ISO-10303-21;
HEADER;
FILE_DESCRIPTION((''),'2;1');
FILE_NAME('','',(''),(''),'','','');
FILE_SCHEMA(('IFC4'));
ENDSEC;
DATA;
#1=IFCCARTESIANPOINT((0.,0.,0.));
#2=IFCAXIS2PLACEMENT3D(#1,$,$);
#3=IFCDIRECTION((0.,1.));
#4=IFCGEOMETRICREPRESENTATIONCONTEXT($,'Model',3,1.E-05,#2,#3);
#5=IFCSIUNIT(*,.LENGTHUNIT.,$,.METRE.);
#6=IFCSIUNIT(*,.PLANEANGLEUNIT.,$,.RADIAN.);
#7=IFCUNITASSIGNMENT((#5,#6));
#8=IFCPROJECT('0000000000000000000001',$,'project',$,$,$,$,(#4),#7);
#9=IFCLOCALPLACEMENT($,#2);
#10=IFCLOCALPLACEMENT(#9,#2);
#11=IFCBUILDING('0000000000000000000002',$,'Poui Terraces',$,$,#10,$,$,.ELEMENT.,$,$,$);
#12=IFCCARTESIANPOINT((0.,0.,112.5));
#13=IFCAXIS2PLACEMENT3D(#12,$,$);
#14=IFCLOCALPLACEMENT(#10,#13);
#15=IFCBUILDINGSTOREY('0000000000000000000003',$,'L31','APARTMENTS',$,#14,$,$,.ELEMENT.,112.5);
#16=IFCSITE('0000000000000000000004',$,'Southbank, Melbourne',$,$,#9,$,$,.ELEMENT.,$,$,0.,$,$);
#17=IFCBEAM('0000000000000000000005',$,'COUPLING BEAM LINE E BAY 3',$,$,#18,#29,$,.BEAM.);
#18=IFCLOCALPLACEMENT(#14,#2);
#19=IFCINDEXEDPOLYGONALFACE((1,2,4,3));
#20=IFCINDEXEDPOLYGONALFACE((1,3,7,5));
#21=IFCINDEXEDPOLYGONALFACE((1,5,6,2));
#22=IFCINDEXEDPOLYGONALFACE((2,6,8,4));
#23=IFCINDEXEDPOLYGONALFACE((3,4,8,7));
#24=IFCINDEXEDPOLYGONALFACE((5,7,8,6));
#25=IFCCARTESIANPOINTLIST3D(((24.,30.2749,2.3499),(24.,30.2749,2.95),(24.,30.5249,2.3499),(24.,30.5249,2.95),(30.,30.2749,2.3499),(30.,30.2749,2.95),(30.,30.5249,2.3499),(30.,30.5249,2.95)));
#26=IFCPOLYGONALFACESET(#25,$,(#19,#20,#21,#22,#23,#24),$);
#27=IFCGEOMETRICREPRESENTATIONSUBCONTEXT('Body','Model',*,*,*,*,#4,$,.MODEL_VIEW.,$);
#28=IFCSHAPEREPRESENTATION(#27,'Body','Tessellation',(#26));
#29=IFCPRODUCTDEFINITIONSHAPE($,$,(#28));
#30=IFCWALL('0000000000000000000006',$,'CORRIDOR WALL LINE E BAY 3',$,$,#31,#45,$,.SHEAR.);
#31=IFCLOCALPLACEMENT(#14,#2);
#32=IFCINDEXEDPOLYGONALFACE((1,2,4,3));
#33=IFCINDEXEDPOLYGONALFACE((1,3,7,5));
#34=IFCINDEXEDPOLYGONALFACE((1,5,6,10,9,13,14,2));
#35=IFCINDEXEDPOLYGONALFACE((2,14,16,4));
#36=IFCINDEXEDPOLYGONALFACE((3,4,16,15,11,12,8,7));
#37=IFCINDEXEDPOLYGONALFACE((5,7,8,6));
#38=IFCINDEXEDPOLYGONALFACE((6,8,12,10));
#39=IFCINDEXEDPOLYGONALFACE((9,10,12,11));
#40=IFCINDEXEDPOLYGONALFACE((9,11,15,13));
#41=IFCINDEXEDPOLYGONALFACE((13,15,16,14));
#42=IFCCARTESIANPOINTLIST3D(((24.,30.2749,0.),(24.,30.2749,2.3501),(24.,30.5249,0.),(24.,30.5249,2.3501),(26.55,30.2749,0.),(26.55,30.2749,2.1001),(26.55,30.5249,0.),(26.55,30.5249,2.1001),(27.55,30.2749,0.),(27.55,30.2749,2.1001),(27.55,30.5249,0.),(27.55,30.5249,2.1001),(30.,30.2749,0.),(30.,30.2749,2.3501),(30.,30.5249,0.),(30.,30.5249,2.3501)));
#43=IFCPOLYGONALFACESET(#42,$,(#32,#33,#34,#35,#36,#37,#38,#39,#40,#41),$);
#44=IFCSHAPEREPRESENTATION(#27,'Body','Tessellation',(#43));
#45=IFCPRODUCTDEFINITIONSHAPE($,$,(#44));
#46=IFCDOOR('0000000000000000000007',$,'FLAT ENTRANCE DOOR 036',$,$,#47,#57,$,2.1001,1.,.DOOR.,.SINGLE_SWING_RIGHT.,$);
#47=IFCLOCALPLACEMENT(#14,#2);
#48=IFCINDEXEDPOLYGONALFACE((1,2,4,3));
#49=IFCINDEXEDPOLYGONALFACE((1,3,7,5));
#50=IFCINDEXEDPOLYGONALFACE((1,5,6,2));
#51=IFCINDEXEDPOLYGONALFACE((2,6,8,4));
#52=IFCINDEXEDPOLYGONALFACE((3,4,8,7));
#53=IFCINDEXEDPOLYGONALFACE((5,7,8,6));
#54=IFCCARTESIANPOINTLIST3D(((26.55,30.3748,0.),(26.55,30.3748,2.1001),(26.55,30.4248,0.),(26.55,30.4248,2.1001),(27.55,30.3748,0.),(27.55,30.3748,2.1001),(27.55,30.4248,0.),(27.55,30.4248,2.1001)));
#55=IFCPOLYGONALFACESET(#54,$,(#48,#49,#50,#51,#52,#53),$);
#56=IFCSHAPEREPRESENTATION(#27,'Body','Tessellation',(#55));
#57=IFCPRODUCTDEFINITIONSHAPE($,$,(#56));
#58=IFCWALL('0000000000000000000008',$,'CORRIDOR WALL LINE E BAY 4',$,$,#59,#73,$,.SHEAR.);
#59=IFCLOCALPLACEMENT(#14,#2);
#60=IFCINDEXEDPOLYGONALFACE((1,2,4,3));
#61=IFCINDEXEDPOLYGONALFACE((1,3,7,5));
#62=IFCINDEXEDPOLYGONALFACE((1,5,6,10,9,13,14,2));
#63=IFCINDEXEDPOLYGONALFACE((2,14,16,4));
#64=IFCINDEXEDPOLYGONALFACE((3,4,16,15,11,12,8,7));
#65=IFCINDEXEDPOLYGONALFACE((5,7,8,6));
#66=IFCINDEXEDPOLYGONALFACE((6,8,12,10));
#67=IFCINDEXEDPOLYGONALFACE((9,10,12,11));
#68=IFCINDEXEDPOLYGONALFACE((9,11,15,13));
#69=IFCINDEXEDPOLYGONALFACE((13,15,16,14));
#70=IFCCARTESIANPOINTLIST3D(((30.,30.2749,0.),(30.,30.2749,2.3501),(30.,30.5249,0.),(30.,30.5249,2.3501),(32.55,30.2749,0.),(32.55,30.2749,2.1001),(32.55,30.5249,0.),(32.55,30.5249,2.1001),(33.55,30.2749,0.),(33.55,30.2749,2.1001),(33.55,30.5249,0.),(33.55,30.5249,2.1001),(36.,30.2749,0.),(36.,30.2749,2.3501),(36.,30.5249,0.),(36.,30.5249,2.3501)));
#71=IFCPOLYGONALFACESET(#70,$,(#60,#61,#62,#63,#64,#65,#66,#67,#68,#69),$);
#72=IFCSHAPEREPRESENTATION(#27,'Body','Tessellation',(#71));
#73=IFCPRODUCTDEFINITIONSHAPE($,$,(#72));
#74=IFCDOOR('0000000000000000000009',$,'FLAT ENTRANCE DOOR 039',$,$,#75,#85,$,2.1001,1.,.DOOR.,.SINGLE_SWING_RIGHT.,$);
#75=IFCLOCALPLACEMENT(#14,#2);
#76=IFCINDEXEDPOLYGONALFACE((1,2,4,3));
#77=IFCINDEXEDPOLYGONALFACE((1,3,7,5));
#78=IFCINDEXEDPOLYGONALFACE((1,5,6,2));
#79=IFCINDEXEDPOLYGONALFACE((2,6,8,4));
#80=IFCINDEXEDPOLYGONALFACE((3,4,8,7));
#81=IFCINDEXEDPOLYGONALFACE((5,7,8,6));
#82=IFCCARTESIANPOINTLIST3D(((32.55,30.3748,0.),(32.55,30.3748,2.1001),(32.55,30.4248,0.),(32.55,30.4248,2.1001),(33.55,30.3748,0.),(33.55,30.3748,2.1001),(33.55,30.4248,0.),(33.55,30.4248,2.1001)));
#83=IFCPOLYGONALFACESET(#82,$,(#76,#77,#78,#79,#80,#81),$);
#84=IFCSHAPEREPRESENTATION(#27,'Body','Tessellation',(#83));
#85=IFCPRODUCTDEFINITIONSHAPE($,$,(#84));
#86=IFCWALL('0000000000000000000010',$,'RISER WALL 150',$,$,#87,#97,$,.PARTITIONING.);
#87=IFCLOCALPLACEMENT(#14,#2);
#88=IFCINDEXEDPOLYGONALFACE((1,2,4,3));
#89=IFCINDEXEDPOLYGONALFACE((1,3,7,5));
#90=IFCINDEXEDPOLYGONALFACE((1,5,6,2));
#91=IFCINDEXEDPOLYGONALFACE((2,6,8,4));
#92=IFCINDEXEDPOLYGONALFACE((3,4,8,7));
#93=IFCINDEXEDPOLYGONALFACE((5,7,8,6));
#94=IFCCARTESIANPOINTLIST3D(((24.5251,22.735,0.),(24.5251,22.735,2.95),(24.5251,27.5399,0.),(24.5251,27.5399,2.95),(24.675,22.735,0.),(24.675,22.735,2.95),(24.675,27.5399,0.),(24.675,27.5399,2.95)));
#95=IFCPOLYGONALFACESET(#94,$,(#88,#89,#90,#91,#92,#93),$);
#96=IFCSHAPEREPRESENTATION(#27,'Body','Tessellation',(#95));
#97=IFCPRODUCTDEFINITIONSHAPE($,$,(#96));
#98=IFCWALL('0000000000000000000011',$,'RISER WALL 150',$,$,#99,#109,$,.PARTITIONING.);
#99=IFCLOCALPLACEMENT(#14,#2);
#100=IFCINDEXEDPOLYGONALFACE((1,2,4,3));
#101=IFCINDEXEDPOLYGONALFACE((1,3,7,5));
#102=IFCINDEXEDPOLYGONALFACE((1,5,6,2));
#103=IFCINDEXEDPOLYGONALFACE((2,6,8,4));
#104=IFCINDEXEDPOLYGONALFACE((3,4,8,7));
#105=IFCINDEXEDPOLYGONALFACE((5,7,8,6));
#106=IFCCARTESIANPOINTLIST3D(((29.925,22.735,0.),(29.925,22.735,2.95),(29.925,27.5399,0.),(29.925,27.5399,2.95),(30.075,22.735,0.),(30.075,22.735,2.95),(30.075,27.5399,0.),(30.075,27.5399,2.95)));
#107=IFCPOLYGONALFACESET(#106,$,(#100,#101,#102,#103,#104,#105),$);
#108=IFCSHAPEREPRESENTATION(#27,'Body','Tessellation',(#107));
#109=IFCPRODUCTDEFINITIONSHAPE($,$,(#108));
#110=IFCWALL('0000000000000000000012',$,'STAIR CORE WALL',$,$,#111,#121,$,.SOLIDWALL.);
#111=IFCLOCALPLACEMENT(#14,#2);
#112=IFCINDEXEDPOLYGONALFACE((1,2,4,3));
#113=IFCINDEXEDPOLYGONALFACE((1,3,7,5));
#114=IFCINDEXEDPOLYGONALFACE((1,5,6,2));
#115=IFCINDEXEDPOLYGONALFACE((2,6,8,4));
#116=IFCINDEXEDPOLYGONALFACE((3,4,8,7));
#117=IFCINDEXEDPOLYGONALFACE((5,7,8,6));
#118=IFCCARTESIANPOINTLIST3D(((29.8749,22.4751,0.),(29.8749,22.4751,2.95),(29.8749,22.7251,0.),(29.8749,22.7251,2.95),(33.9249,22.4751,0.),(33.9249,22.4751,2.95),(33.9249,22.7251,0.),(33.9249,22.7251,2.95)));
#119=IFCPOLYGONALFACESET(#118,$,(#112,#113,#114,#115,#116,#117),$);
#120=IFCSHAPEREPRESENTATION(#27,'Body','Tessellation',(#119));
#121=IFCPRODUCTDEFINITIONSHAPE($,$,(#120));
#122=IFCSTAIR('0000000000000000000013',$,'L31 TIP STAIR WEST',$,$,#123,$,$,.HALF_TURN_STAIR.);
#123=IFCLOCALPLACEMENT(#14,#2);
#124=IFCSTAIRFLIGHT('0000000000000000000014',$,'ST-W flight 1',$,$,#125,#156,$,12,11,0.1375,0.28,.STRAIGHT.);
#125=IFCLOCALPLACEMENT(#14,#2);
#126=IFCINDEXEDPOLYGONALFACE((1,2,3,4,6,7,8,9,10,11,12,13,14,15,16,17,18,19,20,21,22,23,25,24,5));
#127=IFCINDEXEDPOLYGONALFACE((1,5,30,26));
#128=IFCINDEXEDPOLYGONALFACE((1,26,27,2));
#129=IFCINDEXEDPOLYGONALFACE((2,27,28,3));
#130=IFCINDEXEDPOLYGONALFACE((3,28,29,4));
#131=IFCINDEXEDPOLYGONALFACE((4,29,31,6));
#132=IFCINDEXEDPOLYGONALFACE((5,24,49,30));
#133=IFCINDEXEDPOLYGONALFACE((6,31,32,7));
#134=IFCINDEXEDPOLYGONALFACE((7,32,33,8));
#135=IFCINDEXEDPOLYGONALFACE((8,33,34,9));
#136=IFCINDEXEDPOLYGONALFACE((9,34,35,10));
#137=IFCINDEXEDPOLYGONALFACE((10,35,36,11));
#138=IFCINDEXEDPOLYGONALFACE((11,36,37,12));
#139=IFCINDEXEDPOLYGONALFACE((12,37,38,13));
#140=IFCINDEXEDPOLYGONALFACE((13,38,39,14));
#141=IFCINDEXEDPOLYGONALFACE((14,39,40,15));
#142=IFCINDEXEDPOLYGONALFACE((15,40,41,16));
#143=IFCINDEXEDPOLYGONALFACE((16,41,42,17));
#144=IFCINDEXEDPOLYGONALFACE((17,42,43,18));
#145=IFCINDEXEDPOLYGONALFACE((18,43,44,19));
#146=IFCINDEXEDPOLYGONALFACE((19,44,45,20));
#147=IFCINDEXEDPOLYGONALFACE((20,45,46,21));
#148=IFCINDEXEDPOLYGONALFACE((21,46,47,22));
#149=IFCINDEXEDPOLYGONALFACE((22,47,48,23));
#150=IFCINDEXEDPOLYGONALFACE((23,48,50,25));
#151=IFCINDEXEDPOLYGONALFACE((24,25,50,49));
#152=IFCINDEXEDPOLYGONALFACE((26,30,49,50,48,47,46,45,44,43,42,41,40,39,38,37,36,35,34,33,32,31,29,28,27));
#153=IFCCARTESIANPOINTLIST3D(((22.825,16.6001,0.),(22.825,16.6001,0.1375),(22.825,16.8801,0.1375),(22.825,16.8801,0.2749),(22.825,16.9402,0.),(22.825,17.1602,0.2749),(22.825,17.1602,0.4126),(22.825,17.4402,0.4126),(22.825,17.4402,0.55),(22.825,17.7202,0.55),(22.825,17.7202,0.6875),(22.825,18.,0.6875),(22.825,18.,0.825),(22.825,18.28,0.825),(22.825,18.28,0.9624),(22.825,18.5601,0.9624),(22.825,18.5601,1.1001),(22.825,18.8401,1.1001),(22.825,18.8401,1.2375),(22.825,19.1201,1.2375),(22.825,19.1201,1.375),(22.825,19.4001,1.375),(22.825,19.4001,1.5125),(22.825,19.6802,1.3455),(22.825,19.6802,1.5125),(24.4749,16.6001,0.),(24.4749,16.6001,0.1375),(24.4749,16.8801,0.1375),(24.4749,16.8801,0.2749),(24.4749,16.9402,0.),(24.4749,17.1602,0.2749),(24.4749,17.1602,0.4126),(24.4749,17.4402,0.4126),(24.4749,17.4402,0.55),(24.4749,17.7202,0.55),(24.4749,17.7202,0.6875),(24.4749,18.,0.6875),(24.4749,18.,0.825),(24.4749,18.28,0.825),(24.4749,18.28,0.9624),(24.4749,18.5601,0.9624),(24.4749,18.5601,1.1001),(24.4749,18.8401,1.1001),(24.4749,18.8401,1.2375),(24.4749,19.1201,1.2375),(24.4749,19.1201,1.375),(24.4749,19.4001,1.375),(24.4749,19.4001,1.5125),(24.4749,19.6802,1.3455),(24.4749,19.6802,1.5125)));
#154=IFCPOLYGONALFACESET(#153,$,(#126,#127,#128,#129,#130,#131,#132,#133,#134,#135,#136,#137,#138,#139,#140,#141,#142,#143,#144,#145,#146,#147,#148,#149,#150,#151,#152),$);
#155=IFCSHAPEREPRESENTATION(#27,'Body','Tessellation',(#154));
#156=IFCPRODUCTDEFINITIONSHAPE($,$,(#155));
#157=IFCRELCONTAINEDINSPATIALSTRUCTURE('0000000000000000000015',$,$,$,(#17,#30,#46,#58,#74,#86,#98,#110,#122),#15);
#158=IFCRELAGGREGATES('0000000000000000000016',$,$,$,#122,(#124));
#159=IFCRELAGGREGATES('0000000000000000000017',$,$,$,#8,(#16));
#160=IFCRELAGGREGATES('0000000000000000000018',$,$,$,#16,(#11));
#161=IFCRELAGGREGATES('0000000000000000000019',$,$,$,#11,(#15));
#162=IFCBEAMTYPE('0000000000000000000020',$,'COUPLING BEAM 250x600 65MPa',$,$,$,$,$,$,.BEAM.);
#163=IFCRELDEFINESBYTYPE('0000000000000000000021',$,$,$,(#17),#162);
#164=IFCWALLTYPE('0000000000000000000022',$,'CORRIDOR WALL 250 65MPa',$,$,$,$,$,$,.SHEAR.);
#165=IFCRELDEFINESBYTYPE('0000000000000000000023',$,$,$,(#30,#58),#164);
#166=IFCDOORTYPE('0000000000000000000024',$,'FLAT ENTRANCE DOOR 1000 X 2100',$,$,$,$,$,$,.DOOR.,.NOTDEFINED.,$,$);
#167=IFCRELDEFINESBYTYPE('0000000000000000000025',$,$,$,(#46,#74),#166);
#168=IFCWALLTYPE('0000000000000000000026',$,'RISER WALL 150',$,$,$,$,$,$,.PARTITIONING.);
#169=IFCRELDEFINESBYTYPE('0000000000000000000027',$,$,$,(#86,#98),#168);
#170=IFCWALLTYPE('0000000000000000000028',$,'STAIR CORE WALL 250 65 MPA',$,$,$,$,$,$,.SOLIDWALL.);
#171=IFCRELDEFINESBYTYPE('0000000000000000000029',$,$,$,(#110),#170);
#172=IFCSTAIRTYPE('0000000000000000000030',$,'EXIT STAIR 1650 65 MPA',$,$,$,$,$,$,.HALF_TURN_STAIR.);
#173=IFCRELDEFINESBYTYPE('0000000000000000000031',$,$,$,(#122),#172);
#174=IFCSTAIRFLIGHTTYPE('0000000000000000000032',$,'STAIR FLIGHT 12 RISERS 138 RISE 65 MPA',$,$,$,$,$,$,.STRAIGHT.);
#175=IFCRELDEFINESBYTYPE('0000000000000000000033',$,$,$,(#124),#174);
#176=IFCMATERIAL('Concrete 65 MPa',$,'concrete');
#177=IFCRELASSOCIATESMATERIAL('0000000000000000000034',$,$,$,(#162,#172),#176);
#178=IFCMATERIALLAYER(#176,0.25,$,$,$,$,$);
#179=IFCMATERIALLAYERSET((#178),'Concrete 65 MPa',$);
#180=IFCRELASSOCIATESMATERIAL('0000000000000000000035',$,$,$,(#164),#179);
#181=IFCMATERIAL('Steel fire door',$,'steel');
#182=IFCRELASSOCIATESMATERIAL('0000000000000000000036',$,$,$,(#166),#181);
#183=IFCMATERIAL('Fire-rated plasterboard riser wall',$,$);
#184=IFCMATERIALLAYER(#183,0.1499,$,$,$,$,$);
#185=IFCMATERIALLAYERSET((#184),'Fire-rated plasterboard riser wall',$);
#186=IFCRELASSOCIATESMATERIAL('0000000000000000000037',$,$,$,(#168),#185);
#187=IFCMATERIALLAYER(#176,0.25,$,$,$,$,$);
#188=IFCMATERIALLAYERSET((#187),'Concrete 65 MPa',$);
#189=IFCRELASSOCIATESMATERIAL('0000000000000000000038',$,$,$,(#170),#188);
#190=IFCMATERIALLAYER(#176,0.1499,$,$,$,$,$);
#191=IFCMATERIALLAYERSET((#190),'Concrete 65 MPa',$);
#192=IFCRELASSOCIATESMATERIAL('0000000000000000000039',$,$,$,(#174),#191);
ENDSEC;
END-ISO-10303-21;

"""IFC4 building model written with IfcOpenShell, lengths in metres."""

from ifc_helpers import new_model, si_unit, direction, frame, frame_2d, origin, origin_2d, place, context, subcontext, project, spatial, polyline, rectangle, outline, extrude, source, transform, mapped, material, layer, layer_set, material_profile, profile_set, type_object, element, fill, aggregate, save


model = new_model("IFC4")

# Units and contexts
model_context = context("Model", 3, precision=1e-05, world=origin(), true_north=direction((0.0, 1.0)))
body_context = subcontext(model_context, "Body", "Model", "MODEL_VIEW")
ifc_project = project(units=[si_unit("LENGTHUNIT", "METRE"), si_unit("PLANEANGLEUNIT", "RADIAN")], contexts=[model_context])

# Site, building, storey
site_placement = place(None, origin())
site = spatial("IfcSite", under=ifc_project, at=site_placement, Name="Southbank, Melbourne", CompositionType="ELEMENT", RefElevation=0.0)
building_placement = place(site_placement, origin())
building = spatial("IfcBuilding", under=site, at=building_placement, Name="Poui Terraces", CompositionType="ELEMENT")
storey_placement = place(building_placement, frame((0.0, 0.0, 112.5)))
storey = spatial("IfcBuildingStorey", under=building, at=storey_placement, Name="L31", Description="APARTMENTS", CompositionType="ELEMENT", Elevation=112.5)

# Beam
ifc_material_1 = material(Name="Concrete 65 MPa", Category="concrete")
ifc_material_profile = material_profile(ifc_material_1, rectangle(XDim=0.25, YDim=0.6001, at=origin_2d()), Name="RC 250x600")
ifc_profile_set = profile_set([ifc_material_profile], Name="Concrete 65 MPa")
beam_type = type_object("IfcBeamType", Name="COUPLING BEAM 250x600 65MPa", PredefinedType="BEAM", material=ifc_profile_set)
shared_shape = source(origin(), body_context, "Body", "SweptSolid", [
    extrude(rectangle(XDim=0.25, YDim=0.6001, at=origin_2d()), origin(), (0.0, 0.0, 1.0), 6.0),
])
beam_placement = place(storey_placement, frame((24.0, 30.3999, 2.6499), z_axis=(1.0, 0.0, 0.0), x_axis=(0.0, 1.0, 0.0)))
element("IfcBeam", 1, at=beam_placement, inside=storey, type_object=beam_type, Name="COUPLING BEAM LINE E BAY 3", PredefinedType="BEAM", context=body_context, shape_type="MappedRepresentation", body=[
    mapped(shared_shape, transform((0.0, 0.0, 0.0))),
])

# Walls, openings, doors
ifc_layer_1 = layer(ifc_material_1, 0.25)
ifc_layer_set_1 = layer_set([ifc_layer_1], Name="Concrete 65 MPa")
wall_type_1 = type_object("IfcWallType", Name="CORRIDOR WALL 250 65MPa", PredefinedType="SHEAR", material=ifc_layer_set_1)
wall_1_placement = place(storey_placement, frame((24.0, 30.3999, 0.0), z_axis=(0.0, 0.0, 1.0), x_axis=(1.0, 0.0, 0.0)))
wall_1 = element("IfcWall", 2, at=wall_1_placement, inside=storey, type_object=wall_type_1, Name="CORRIDOR WALL LINE E BAY 3", PredefinedType="SHEAR", context=body_context, shape_type="SweptSolid", body=[
    extrude(rectangle(XDim=6.0, YDim=0.25, at=frame_2d((3.0, 0.0))), origin(), (0.0, 0.0, 1.0), 2.3501),
])
opening_1_placement = place(wall_1_placement, frame((2.55, 0.0, 0.0)))
opening_1 = element("IfcOpeningElement", 3, at=opening_1_placement, cuts=wall_1, PredefinedType="OPENING", context=body_context, shape_type="SweptSolid", body=[
    extrude(rectangle(XDim=1.0, YDim=2.1001, at=frame_2d((0.5, 1.05))), frame((0.0, 0.135, 0.0), z_axis=(0.0, -1.0, 0.0), x_axis=(1.0, 0.0, 0.0)), (0.0, 0.0, 1.0), 0.27),
])
ifc_material_2 = material(Name="Steel fire door", Category="steel")
door_type = type_object("IfcDoorType", Name="FLAT ENTRANCE DOOR 1000 X 2100", OperationType="NOTDEFINED", PredefinedType="DOOR", material=ifc_material_2)
door_1_placement = place(opening_1_placement, origin())
door_1 = element("IfcDoor", 4, at=door_1_placement, inside=storey, type_object=door_type, Name="FLAT ENTRANCE DOOR 036", OperationType="SINGLE_SWING_RIGHT", OverallHeight=2.1001, OverallWidth=1.0, PredefinedType="DOOR", context=body_context, shape_type="SweptSolid", body=[
    extrude(rectangle(XDim=1.0, YDim=2.1001, at=frame_2d((0.5, 1.05))), frame((0.0, 0.0249, 0.0), z_axis=(0.0, -1.0, 0.0), x_axis=(1.0, 0.0, 0.0)), (0.0, 0.0, 1.0), 0.05),
])
fill(opening_1, door_1)
wall_2_placement = place(storey_placement, frame((30.0, 30.3999, 0.0), z_axis=(0.0, 0.0, 1.0), x_axis=(1.0, 0.0, 0.0)))
wall_2 = element("IfcWall", 5, at=wall_2_placement, inside=storey, type_object=wall_type_1, Name="CORRIDOR WALL LINE E BAY 4", PredefinedType="SHEAR", context=body_context, shape_type="SweptSolid", body=[
    extrude(rectangle(XDim=6.0, YDim=0.25, at=frame_2d((3.0, 0.0))), origin(), (0.0, 0.0, 1.0), 2.3501),
])
opening_2_placement = place(wall_2_placement, frame((2.55, 0.0, 0.0)))
opening_2 = element("IfcOpeningElement", 6, at=opening_2_placement, cuts=wall_2, PredefinedType="OPENING", context=body_context, shape_type="SweptSolid", body=[
    extrude(rectangle(XDim=1.0, YDim=2.1001, at=frame_2d((0.5, 1.05))), frame((0.0, 0.135, 0.0), z_axis=(0.0, -1.0, 0.0), x_axis=(1.0, 0.0, 0.0)), (0.0, 0.0, 1.0), 0.27),
])
door_2_placement = place(opening_2_placement, origin())
door_2 = element("IfcDoor", 7, at=door_2_placement, inside=storey, type_object=door_type, Name="FLAT ENTRANCE DOOR 039", OperationType="SINGLE_SWING_RIGHT", OverallHeight=2.1001, OverallWidth=1.0, PredefinedType="DOOR", context=body_context, shape_type="SweptSolid", body=[
    extrude(rectangle(XDim=1.0, YDim=2.1001, at=frame_2d((0.5, 1.05))), frame((0.0, 0.0249, 0.0), z_axis=(0.0, -1.0, 0.0), x_axis=(1.0, 0.0, 0.0)), (0.0, 0.0, 1.0), 0.05),
])
fill(opening_2, door_2)

# Walls
ifc_material_3 = material(Name="Fire-rated plasterboard riser wall")
ifc_layer_2 = layer(ifc_material_3, 0.1499)
ifc_layer_set_2 = layer_set([ifc_layer_2], Name="Fire-rated plasterboard riser wall")
wall_type_2 = type_object("IfcWallType", Name="RISER WALL 150", PredefinedType="PARTITIONING", material=ifc_layer_set_2)
for number, where, z_axis, x_axis, name in (
    (8, (24.6001, 22.7351, 0.0), (0.0, 0.0, 1.0), (0.0, 1.0, 0.0), "RISER WALL 150"),
    (9, (30.0, 22.7351, 0.0), (0.0, 0.0, 1.0), (0.0, 1.0, 0.0), "RISER WALL 150"),
):
    element("IfcWall", number, at=place(storey_placement, frame(where, z_axis=z_axis, x_axis=x_axis)), inside=storey, type_object=wall_type_2, Name=name, PredefinedType="PARTITIONING", context=body_context, shape_type="SweptSolid", body=[
        extrude(rectangle(XDim=4.8049, YDim=0.1499, at=frame_2d((2.4023, 0.0))), origin(), (0.0, 0.0, 1.0), 2.95),
    ])
ifc_layer_3 = layer(ifc_material_1, 0.25)
ifc_layer_set_3 = layer_set([ifc_layer_3], Name="Concrete 65 MPa")
wall_type_3 = type_object("IfcWallType", Name="STAIR CORE WALL 250 65 MPA", PredefinedType="SOLIDWALL", material=ifc_layer_set_3)
wall_3_placement = place(storey_placement, frame((29.875, 22.6001, 0.0), z_axis=(0.0, 0.0, 1.0), x_axis=(1.0, 0.0, 0.0)))
element("IfcWall", 10, at=wall_3_placement, inside=storey, type_object=wall_type_3, Name="STAIR CORE WALL", PredefinedType="SOLIDWALL", context=body_context, shape_type="SweptSolid", body=[
    extrude(rectangle(XDim=4.05, YDim=0.25, at=frame_2d((2.0249, 0.0))), origin(), (0.0, 0.0, 1.0), 2.95),
])

# Stair, stair flight
stair_type = type_object("IfcStairType", Name="EXIT STAIR 1650 65 MPA", PredefinedType="HALF_TURN_STAIR", material=ifc_material_1)
stair_placement = place(storey_placement, origin())
stair = element("IfcStair", 11, at=stair_placement, inside=storey, type_object=stair_type, Name="L31 TIP STAIR WEST", PredefinedType="HALF_TURN_STAIR")
ifc_layer_4 = layer(ifc_material_1, 0.1499)
ifc_layer_set_4 = layer_set([ifc_layer_4], Name="Concrete 65 MPa")
stair_flight_type = type_object("IfcStairFlightType", Name="STAIR FLIGHT 12 RISERS 138 RISE 65 MPA", PredefinedType="STRAIGHT", material=ifc_layer_set_4)
stair_flight_placement = place(storey_placement, frame((23.6499, 16.6001, 0.0), z_axis=(0.0, 0.0, 1.0), x_axis=(0.0, 1.0, 0.0)))
stair_flight = element("IfcStairFlight", 12, at=stair_flight_placement, type_object=stair_flight_type, Name="ST-W flight 1", NumberOfRisers=12, NumberOfTreads=11, PredefinedType="STRAIGHT", RiserHeight=0.1375, TreadLength=0.28, context=body_context, shape_type="SweptSolid", body=[
    extrude(outline(polyline([(0.0, 0.0), (0.0, 0.1375), (0.28, 0.1375), (0.28, 0.2749), (0.5601, 0.2749), (0.5601, 0.4126), (0.8401, 0.4126), (0.8401, 0.55), (1.1201, 0.55), (1.1201, 0.6875), (1.3999, 0.6875), (1.3999, 0.825), (1.6799, 0.825), (1.6799, 0.9624), (1.96, 0.9624), (1.96, 1.1001), (2.24, 1.1001), (2.24, 1.2375), (2.52, 1.2375), (2.52, 1.375), (2.8, 1.375), (2.8, 1.5125), (3.0801, 1.5125), (3.0801, 1.6499), (3.0801, 1.3455), (0.3401, 0.0), (0.0, 0.0)])), frame((0.0, 0.825, 0.0), z_axis=(0.0, -1.0, 0.0), x_axis=(1.0, 0.0, 0.0)), (0.0, 0.0, 1.0), 1.6499),
])
aggregate(stair, [stair_flight])

save(model, "model.ifc")
